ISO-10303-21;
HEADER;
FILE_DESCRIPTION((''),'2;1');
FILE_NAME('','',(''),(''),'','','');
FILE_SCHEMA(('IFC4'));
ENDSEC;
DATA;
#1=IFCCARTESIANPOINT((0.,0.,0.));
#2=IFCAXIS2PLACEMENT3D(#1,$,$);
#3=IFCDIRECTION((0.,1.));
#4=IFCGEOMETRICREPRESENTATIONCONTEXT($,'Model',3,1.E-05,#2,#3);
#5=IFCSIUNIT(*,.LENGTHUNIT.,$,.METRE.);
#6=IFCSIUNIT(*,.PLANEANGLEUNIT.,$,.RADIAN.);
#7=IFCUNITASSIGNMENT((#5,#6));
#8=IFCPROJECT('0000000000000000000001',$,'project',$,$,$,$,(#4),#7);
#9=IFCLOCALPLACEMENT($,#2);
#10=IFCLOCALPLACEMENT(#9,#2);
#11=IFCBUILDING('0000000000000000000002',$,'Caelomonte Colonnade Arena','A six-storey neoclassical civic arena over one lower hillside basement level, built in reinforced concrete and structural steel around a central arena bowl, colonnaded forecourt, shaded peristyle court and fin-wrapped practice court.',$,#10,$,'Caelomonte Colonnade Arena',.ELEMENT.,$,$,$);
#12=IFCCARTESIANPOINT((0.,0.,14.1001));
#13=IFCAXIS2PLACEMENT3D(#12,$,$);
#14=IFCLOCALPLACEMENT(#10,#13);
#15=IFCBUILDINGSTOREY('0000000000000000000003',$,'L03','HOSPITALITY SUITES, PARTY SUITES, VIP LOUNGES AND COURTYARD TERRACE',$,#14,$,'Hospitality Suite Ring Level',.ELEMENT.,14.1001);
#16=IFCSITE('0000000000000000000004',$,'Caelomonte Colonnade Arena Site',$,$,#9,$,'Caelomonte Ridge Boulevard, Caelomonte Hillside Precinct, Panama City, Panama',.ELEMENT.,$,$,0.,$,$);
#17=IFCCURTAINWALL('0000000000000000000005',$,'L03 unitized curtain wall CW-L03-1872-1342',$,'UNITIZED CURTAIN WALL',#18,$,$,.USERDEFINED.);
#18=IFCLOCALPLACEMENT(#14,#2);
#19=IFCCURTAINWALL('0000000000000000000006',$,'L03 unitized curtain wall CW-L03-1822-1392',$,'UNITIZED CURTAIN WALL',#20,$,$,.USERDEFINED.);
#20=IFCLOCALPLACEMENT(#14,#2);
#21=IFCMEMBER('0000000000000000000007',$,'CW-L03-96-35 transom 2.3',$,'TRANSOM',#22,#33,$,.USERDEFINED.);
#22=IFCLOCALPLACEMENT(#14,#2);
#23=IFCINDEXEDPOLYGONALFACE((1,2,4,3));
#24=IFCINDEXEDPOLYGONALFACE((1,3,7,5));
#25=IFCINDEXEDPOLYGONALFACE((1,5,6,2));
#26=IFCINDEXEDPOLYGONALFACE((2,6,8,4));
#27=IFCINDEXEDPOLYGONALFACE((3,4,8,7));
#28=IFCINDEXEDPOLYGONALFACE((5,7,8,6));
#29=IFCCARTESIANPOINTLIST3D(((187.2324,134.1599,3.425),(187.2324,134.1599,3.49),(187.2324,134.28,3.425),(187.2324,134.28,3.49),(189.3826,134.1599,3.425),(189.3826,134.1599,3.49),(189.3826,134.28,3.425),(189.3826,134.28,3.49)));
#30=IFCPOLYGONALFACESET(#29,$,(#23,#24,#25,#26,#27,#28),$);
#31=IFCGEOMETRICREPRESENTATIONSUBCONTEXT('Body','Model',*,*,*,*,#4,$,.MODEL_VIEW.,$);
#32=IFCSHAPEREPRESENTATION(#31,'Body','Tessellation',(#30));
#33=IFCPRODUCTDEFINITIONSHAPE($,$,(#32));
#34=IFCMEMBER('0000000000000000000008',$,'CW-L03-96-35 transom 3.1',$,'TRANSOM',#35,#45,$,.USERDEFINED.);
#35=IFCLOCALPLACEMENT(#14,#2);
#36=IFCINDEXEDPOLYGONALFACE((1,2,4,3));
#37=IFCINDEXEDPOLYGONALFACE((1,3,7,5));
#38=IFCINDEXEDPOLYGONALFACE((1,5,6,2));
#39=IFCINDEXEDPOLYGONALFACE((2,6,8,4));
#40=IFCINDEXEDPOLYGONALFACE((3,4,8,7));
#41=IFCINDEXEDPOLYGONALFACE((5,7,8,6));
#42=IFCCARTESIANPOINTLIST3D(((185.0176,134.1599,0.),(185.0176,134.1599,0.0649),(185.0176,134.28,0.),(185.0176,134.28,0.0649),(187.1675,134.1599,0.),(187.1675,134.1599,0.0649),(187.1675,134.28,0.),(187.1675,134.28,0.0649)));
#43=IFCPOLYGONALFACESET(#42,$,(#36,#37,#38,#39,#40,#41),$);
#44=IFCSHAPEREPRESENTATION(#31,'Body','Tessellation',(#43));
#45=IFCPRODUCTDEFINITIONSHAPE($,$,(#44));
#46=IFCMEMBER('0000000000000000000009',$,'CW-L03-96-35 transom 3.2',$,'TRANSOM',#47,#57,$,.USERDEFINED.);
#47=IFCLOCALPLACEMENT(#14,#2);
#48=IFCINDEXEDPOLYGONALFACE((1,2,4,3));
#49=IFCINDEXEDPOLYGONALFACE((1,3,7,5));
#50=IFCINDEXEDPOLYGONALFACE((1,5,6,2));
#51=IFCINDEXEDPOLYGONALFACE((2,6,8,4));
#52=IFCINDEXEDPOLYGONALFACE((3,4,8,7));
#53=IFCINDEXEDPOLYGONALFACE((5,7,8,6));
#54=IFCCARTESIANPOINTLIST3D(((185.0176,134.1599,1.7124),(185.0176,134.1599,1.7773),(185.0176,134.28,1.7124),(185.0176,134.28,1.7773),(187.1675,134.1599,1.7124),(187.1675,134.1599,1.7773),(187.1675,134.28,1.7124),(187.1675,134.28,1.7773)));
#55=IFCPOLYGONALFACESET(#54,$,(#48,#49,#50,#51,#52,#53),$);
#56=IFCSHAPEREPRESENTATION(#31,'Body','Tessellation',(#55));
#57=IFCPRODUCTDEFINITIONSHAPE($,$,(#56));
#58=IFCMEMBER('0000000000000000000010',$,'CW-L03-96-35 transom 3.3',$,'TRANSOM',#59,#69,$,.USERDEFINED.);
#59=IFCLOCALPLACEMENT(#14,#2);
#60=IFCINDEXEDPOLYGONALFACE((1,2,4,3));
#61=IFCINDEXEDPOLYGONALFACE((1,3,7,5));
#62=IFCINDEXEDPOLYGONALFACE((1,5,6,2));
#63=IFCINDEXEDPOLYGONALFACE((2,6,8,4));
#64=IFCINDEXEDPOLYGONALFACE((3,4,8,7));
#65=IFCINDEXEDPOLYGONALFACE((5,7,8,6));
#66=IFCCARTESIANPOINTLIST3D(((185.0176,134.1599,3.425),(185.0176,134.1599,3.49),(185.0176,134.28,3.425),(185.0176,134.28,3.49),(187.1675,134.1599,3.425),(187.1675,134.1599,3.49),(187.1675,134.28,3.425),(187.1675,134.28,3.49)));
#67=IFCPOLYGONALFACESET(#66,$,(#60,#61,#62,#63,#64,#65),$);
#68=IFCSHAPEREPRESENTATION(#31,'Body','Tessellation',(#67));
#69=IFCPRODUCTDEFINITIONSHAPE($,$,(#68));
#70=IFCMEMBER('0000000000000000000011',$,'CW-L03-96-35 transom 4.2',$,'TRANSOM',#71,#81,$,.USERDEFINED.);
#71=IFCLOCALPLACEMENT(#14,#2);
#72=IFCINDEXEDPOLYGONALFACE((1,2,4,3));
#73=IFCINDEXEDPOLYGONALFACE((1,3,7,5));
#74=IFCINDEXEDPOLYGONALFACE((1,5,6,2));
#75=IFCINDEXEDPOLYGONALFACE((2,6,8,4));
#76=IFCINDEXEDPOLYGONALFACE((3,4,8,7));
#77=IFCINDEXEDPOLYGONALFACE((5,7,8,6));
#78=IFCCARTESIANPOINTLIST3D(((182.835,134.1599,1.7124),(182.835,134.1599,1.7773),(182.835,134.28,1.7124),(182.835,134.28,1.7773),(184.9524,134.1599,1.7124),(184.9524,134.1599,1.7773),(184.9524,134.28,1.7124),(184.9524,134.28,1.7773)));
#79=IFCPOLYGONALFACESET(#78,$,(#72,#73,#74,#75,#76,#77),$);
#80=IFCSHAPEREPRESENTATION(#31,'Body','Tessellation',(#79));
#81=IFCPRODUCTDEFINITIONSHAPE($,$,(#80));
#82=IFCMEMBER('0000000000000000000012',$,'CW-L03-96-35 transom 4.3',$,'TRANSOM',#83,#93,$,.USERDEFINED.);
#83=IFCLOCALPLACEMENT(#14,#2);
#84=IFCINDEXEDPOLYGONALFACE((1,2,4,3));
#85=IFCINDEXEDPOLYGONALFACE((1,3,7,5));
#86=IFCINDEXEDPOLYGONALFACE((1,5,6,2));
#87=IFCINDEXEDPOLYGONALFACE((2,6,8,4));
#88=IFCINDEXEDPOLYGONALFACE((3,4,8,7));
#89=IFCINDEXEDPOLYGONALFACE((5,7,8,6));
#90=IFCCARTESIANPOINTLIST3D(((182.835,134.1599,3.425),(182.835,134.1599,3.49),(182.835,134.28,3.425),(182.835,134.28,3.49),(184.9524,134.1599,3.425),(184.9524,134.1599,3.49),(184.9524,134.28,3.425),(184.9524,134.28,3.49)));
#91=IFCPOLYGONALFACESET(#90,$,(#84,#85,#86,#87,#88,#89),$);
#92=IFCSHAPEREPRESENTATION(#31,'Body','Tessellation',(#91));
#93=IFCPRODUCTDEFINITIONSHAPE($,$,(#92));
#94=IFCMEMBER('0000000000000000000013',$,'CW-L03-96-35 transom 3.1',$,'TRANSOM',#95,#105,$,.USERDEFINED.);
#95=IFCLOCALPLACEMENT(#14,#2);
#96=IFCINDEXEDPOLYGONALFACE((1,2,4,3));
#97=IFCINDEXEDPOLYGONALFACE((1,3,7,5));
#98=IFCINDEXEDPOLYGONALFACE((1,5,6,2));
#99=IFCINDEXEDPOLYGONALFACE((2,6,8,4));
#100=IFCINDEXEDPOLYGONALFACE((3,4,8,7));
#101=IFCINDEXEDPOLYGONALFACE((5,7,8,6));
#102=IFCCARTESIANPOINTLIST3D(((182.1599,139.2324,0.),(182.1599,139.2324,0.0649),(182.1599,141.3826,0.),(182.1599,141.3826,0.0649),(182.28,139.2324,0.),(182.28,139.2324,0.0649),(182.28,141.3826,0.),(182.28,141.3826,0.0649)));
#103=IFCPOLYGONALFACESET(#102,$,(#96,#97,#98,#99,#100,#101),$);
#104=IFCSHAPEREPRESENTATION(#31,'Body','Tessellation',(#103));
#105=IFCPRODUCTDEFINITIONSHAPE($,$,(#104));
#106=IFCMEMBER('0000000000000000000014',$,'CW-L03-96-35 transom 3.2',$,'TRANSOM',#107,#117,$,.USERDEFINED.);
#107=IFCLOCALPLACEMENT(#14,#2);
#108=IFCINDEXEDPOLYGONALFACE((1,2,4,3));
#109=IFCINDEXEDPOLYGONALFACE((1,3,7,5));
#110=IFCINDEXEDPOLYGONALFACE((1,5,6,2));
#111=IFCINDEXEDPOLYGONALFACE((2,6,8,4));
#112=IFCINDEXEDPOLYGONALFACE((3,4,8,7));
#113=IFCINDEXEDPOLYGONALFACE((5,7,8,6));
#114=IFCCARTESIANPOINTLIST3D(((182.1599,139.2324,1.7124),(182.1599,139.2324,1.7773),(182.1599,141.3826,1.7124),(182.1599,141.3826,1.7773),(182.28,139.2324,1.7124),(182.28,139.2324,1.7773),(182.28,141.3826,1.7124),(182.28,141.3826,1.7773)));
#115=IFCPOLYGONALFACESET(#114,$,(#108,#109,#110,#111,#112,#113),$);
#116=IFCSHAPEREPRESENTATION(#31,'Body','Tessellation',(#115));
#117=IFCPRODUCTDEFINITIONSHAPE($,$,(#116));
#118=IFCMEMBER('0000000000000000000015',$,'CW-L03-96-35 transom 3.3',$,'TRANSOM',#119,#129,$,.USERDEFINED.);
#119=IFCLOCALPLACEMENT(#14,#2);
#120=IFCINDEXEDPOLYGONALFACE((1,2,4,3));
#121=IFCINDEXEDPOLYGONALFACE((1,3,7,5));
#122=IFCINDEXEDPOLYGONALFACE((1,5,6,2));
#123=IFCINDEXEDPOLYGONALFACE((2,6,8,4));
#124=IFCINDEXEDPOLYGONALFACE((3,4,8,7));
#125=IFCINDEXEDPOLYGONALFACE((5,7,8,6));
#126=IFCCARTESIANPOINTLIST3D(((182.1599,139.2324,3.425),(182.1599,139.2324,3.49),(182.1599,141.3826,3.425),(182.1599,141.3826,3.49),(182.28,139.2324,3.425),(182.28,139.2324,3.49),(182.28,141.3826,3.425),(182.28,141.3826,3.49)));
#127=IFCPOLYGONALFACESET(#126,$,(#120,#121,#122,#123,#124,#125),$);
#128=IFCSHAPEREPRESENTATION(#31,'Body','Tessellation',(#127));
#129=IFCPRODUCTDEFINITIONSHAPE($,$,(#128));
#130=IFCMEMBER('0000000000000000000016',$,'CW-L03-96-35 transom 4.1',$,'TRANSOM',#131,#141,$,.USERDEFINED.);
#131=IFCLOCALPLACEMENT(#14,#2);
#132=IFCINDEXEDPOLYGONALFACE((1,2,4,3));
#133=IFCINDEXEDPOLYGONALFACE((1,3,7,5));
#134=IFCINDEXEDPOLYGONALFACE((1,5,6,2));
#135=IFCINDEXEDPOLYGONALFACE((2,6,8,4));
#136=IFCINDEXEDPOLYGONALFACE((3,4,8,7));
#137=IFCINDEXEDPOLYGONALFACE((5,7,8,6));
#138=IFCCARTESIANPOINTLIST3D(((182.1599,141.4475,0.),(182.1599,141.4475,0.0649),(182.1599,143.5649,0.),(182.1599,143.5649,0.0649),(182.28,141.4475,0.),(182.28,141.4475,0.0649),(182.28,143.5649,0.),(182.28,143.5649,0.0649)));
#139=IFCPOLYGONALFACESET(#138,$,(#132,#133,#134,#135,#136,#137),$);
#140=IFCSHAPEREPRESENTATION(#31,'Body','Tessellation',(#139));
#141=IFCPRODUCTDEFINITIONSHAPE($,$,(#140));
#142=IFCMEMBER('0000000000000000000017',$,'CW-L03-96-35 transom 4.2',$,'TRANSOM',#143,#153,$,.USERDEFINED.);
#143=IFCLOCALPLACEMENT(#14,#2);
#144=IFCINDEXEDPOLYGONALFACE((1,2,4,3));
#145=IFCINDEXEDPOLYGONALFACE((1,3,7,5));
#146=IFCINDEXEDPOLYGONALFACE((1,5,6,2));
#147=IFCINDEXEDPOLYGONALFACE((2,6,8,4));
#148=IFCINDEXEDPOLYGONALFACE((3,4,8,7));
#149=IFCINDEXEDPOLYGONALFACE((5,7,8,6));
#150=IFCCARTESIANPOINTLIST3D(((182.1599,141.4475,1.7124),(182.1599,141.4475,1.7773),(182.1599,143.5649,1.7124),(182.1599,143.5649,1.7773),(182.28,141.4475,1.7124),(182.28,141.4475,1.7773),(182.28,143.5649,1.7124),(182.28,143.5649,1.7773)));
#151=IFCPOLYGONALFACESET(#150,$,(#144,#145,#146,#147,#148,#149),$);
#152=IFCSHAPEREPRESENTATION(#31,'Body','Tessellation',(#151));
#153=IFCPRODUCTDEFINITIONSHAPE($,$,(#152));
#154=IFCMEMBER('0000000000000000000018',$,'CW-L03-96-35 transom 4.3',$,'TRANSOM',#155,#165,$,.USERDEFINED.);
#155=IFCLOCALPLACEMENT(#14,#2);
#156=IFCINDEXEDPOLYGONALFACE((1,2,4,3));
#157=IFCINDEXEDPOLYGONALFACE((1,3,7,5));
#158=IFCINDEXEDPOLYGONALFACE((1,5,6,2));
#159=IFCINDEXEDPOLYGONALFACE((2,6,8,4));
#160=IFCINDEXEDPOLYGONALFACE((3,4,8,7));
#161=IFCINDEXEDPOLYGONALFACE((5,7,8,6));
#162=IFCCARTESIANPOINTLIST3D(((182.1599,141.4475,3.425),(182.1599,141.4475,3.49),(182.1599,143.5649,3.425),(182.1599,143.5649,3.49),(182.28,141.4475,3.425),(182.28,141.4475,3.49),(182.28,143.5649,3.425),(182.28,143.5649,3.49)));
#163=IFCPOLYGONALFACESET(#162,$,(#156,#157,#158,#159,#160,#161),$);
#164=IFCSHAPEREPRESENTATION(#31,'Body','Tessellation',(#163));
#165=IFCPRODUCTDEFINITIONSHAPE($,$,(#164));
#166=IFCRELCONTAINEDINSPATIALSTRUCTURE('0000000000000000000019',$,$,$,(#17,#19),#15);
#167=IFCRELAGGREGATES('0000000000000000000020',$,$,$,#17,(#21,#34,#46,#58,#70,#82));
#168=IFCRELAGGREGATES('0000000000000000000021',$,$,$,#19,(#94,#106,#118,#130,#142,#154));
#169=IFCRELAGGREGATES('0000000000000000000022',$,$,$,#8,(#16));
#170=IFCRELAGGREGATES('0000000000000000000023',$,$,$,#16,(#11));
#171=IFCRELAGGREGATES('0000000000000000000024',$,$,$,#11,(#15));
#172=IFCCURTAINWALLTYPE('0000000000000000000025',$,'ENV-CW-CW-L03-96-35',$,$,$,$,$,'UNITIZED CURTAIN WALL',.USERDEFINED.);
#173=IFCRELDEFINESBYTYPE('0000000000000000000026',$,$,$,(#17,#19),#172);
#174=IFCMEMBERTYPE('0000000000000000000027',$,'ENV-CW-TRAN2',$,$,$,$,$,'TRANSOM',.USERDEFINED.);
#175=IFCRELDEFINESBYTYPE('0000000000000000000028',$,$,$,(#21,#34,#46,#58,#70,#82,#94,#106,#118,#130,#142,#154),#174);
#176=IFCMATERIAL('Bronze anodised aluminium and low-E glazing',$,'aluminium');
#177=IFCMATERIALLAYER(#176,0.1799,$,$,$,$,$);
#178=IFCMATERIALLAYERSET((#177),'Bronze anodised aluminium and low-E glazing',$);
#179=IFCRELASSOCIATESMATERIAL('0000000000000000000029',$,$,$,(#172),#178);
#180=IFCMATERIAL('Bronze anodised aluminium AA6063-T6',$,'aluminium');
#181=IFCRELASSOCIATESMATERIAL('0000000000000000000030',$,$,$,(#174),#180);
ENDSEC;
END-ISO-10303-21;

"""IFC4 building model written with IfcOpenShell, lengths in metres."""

from ifc_helpers import new_model, si_unit, direction, frame, origin, origin_2d, place, context, subcontext, project, spatial, rectangle, extrude, material, layer, layer_set, material_profile, profile_set, type_object, element, aggregate, save


model = new_model("IFC4")

# Units and contexts
model_context = context("Model", 3, precision=1e-05, world=origin(), true_north=direction((0.0, 1.0)))
body_context = subcontext(model_context, "Body", "Model", "MODEL_VIEW")
ifc_project = project(units=[si_unit("LENGTHUNIT", "METRE"), si_unit("PLANEANGLEUNIT", "RADIAN")], contexts=[model_context])

# Site, building, storey
site_placement = place(None, origin())
site = spatial("IfcSite", under=ifc_project, at=site_placement, Name="Caelomonte Colonnade Arena Site", LongName="Caelomonte Ridge Boulevard, Caelomonte Hillside Precinct, Panama City, Panama", CompositionType="ELEMENT", RefElevation=0.0)
building_placement = place(site_placement, origin())
building = spatial("IfcBuilding", under=site, at=building_placement, Name="Caelomonte Colonnade Arena", Description="A six-storey neoclassical civic arena over one lower hillside basement level, built in reinforced concrete and structural steel around a central arena bowl, colonnaded forecourt, shaded peristyle court and fin-wrapped practice court.", LongName="Caelomonte Colonnade Arena", CompositionType="ELEMENT")
storey_placement = place(building_placement, frame((0.0, 0.0, 14.1001)))
storey = spatial("IfcBuildingStorey", under=building, at=storey_placement, Name="L03", Description="HOSPITALITY SUITES, PARTY SUITES, VIP LOUNGES AND COURTYARD TERRACE", LongName="Hospitality Suite Ring Level", CompositionType="ELEMENT", Elevation=14.1001)

# Curtain walls
ifc_material_1 = material(Name="Bronze anodised aluminium and low-E glazing", Category="aluminium")
ifc_layer_1 = layer(ifc_material_1, 0.1799)
ifc_layer_set_1 = layer_set([ifc_layer_1], Name="Bronze anodised aluminium and low-E glazing")
curtain_wall_type = type_object("IfcCurtainWallType", Name="ENV-CW-CW-L03-96-35", ElementType="UNITIZED CURTAIN WALL", PredefinedType="USERDEFINED", material=ifc_layer_set_1)
curtain_wall_1_placement = place(storey_placement, origin())
curtain_wall_1 = element("IfcCurtainWall", 1, at=curtain_wall_1_placement, inside=storey, type_object=curtain_wall_type, Name="L03 unitized curtain wall CW-L03-1872-1342", ObjectType="UNITIZED CURTAIN WALL", PredefinedType="USERDEFINED")
ifc_material_2 = material(Name="Bronze anodised aluminium AA6063-T6", Category="aluminium")
curtain_wall_2_placement = place(storey_placement, origin())
curtain_wall_2 = element("IfcCurtainWall", 2, at=curtain_wall_2_placement, inside=storey, type_object=curtain_wall_type, Name="L03 unitized curtain wall CW-L03-1822-1392", ObjectType="UNITIZED CURTAIN WALL", PredefinedType="USERDEFINED")

# Members
ifc_material_profile_1 = material_profile(ifc_material_2, rectangle(XDim=0.0649, YDim=0.1201, at=origin_2d()), Name="CWT-65X120")
ifc_profile_set_1 = profile_set([ifc_material_profile_1], Name="Bronze anodised aluminium AA6063-T6")
member_type_1 = type_object("IfcMemberType", Name="ENV-CW-TRAN2", ElementType="TRANSOM", PredefinedType="USERDEFINED", material=ifc_profile_set_1)
member_1_placement = place(storey_placement, frame((189.3826, 134.22, 3.4575), z_axis=(-1.0, 0.0, 0.0), x_axis=(0.0, 0.0, 1.0)))
member_1 = element("IfcMember", 3, at=member_1_placement, type_object=member_type_1, Name="CW-L03-96-35 transom 2.3", ObjectType="TRANSOM", PredefinedType="USERDEFINED", context=body_context, shape_type="SweptSolid", body=[
    extrude(rectangle(XDim=0.0649, YDim=0.1201, at=origin_2d()), origin(), (0.0, 0.0, 1.0), 2.1501),
])
member_2_placement = place(storey_placement, frame((187.1675, 134.22, 0.0325), z_axis=(-1.0, 0.0, 0.0), x_axis=(0.0, 0.0, 1.0)))
member_2 = element("IfcMember", 4, at=member_2_placement, type_object=member_type_1, Name="CW-L03-96-35 transom 3.1", ObjectType="TRANSOM", PredefinedType="USERDEFINED", context=body_context, shape_type="SweptSolid", body=[
    extrude(rectangle(XDim=0.0649, YDim=0.1201, at=origin_2d()), origin(), (0.0, 0.0, 1.0), 2.1499),
])
member_3_placement = place(storey_placement, frame((187.1675, 134.22, 1.7449), z_axis=(-1.0, 0.0, 0.0), x_axis=(0.0, 0.0, 1.0)))
member_3 = element("IfcMember", 5, at=member_3_placement, type_object=member_type_1, Name="CW-L03-96-35 transom 3.2", ObjectType="TRANSOM", PredefinedType="USERDEFINED", context=body_context, shape_type="SweptSolid", body=[
    extrude(rectangle(XDim=0.0649, YDim=0.1201, at=origin_2d()), origin(), (0.0, 0.0, 1.0), 2.1499),
])
member_4_placement = place(storey_placement, frame((187.1675, 134.22, 3.4575), z_axis=(-1.0, 0.0, 0.0), x_axis=(0.0, 0.0, 1.0)))
member_4 = element("IfcMember", 6, at=member_4_placement, type_object=member_type_1, Name="CW-L03-96-35 transom 3.3", ObjectType="TRANSOM", PredefinedType="USERDEFINED", context=body_context, shape_type="SweptSolid", body=[
    extrude(rectangle(XDim=0.0649, YDim=0.1201, at=origin_2d()), origin(), (0.0, 0.0, 1.0), 2.1499),
])
member_5_placement = place(storey_placement, frame((184.9524, 134.22, 1.7449), z_axis=(-1.0, 0.0, 0.0), x_axis=(0.0, 0.0, 1.0)))
member_5 = element("IfcMember", 7, at=member_5_placement, type_object=member_type_1, Name="CW-L03-96-35 transom 4.2", ObjectType="TRANSOM", PredefinedType="USERDEFINED", context=body_context, shape_type="SweptSolid", body=[
    extrude(rectangle(XDim=0.0649, YDim=0.1201, at=origin_2d()), origin(), (0.0, 0.0, 1.0), 2.1174),
])
member_6_placement = place(storey_placement, frame((184.9524, 134.22, 3.4575), z_axis=(-1.0, 0.0, 0.0), x_axis=(0.0, 0.0, 1.0)))
member_6 = element("IfcMember", 8, at=member_6_placement, type_object=member_type_1, Name="CW-L03-96-35 transom 4.3", ObjectType="TRANSOM", PredefinedType="USERDEFINED", context=body_context, shape_type="SweptSolid", body=[
    extrude(rectangle(XDim=0.0649, YDim=0.1201, at=origin_2d()), origin(), (0.0, 0.0, 1.0), 2.1174),
])
member_7_placement = place(storey_placement, frame((182.22, 139.2324, 0.0325), z_axis=(0.0, 1.0, 0.0), x_axis=(0.0, 0.0, 1.0)))
member_7 = element("IfcMember", 9, at=member_7_placement, type_object=member_type_1, Name="CW-L03-96-35 transom 3.1", ObjectType="TRANSOM", PredefinedType="USERDEFINED", context=body_context, shape_type="SweptSolid", body=[
    extrude(rectangle(XDim=0.0649, YDim=0.1201, at=origin_2d()), origin(), (0.0, 0.0, 1.0), 2.1501),
])
member_8_placement = place(storey_placement, frame((182.22, 139.2324, 1.7449), z_axis=(0.0, 1.0, 0.0), x_axis=(0.0, 0.0, 1.0)))
member_8 = element("IfcMember", 10, at=member_8_placement, type_object=member_type_1, Name="CW-L03-96-35 transom 3.2", ObjectType="TRANSOM", PredefinedType="USERDEFINED", context=body_context, shape_type="SweptSolid", body=[
    extrude(rectangle(XDim=0.0649, YDim=0.1201, at=origin_2d()), origin(), (0.0, 0.0, 1.0), 2.1501),
])
member_9_placement = place(storey_placement, frame((182.22, 139.2324, 3.4575), z_axis=(0.0, 1.0, 0.0), x_axis=(0.0, 0.0, 1.0)))
member_9 = element("IfcMember", 11, at=member_9_placement, type_object=member_type_1, Name="CW-L03-96-35 transom 3.3", ObjectType="TRANSOM", PredefinedType="USERDEFINED", context=body_context, shape_type="SweptSolid", body=[
    extrude(rectangle(XDim=0.0649, YDim=0.1201, at=origin_2d()), origin(), (0.0, 0.0, 1.0), 2.1501),
])
member_10_placement = place(storey_placement, frame((182.22, 141.4475, 0.0325), z_axis=(0.0, 1.0, 0.0), x_axis=(0.0, 0.0, 1.0)))
member_10 = element("IfcMember", 12, at=member_10_placement, type_object=member_type_1, Name="CW-L03-96-35 transom 4.1", ObjectType="TRANSOM", PredefinedType="USERDEFINED", context=body_context, shape_type="SweptSolid", body=[
    extrude(rectangle(XDim=0.0649, YDim=0.1201, at=origin_2d()), origin(), (0.0, 0.0, 1.0), 2.1174),
])
member_11_placement = place(storey_placement, frame((182.22, 141.4475, 1.7449), z_axis=(0.0, 1.0, 0.0), x_axis=(0.0, 0.0, 1.0)))
member_11 = element("IfcMember", 13, at=member_11_placement, type_object=member_type_1, Name="CW-L03-96-35 transom 4.2", ObjectType="TRANSOM", PredefinedType="USERDEFINED", context=body_context, shape_type="SweptSolid", body=[
    extrude(rectangle(XDim=0.0649, YDim=0.1201, at=origin_2d()), origin(), (0.0, 0.0, 1.0), 2.1174),
])
member_12_placement = place(storey_placement, frame((182.22, 141.4475, 3.4575), z_axis=(0.0, 1.0, 0.0), x_axis=(0.0, 0.0, 1.0)))
member_12 = element("IfcMember", 14, at=member_12_placement, type_object=member_type_1, Name="CW-L03-96-35 transom 4.3", ObjectType="TRANSOM", PredefinedType="USERDEFINED", context=body_context, shape_type="SweptSolid", body=[
    extrude(rectangle(XDim=0.0649, YDim=0.1201, at=origin_2d()), origin(), (0.0, 0.0, 1.0), 2.1174),
])

aggregate(curtain_wall_1, [member_1, member_2, member_3, member_4, member_5, member_6])
aggregate(curtain_wall_2, [member_7, member_8, member_9, member_10, member_11, member_12])

save(model, "model.ifc")
